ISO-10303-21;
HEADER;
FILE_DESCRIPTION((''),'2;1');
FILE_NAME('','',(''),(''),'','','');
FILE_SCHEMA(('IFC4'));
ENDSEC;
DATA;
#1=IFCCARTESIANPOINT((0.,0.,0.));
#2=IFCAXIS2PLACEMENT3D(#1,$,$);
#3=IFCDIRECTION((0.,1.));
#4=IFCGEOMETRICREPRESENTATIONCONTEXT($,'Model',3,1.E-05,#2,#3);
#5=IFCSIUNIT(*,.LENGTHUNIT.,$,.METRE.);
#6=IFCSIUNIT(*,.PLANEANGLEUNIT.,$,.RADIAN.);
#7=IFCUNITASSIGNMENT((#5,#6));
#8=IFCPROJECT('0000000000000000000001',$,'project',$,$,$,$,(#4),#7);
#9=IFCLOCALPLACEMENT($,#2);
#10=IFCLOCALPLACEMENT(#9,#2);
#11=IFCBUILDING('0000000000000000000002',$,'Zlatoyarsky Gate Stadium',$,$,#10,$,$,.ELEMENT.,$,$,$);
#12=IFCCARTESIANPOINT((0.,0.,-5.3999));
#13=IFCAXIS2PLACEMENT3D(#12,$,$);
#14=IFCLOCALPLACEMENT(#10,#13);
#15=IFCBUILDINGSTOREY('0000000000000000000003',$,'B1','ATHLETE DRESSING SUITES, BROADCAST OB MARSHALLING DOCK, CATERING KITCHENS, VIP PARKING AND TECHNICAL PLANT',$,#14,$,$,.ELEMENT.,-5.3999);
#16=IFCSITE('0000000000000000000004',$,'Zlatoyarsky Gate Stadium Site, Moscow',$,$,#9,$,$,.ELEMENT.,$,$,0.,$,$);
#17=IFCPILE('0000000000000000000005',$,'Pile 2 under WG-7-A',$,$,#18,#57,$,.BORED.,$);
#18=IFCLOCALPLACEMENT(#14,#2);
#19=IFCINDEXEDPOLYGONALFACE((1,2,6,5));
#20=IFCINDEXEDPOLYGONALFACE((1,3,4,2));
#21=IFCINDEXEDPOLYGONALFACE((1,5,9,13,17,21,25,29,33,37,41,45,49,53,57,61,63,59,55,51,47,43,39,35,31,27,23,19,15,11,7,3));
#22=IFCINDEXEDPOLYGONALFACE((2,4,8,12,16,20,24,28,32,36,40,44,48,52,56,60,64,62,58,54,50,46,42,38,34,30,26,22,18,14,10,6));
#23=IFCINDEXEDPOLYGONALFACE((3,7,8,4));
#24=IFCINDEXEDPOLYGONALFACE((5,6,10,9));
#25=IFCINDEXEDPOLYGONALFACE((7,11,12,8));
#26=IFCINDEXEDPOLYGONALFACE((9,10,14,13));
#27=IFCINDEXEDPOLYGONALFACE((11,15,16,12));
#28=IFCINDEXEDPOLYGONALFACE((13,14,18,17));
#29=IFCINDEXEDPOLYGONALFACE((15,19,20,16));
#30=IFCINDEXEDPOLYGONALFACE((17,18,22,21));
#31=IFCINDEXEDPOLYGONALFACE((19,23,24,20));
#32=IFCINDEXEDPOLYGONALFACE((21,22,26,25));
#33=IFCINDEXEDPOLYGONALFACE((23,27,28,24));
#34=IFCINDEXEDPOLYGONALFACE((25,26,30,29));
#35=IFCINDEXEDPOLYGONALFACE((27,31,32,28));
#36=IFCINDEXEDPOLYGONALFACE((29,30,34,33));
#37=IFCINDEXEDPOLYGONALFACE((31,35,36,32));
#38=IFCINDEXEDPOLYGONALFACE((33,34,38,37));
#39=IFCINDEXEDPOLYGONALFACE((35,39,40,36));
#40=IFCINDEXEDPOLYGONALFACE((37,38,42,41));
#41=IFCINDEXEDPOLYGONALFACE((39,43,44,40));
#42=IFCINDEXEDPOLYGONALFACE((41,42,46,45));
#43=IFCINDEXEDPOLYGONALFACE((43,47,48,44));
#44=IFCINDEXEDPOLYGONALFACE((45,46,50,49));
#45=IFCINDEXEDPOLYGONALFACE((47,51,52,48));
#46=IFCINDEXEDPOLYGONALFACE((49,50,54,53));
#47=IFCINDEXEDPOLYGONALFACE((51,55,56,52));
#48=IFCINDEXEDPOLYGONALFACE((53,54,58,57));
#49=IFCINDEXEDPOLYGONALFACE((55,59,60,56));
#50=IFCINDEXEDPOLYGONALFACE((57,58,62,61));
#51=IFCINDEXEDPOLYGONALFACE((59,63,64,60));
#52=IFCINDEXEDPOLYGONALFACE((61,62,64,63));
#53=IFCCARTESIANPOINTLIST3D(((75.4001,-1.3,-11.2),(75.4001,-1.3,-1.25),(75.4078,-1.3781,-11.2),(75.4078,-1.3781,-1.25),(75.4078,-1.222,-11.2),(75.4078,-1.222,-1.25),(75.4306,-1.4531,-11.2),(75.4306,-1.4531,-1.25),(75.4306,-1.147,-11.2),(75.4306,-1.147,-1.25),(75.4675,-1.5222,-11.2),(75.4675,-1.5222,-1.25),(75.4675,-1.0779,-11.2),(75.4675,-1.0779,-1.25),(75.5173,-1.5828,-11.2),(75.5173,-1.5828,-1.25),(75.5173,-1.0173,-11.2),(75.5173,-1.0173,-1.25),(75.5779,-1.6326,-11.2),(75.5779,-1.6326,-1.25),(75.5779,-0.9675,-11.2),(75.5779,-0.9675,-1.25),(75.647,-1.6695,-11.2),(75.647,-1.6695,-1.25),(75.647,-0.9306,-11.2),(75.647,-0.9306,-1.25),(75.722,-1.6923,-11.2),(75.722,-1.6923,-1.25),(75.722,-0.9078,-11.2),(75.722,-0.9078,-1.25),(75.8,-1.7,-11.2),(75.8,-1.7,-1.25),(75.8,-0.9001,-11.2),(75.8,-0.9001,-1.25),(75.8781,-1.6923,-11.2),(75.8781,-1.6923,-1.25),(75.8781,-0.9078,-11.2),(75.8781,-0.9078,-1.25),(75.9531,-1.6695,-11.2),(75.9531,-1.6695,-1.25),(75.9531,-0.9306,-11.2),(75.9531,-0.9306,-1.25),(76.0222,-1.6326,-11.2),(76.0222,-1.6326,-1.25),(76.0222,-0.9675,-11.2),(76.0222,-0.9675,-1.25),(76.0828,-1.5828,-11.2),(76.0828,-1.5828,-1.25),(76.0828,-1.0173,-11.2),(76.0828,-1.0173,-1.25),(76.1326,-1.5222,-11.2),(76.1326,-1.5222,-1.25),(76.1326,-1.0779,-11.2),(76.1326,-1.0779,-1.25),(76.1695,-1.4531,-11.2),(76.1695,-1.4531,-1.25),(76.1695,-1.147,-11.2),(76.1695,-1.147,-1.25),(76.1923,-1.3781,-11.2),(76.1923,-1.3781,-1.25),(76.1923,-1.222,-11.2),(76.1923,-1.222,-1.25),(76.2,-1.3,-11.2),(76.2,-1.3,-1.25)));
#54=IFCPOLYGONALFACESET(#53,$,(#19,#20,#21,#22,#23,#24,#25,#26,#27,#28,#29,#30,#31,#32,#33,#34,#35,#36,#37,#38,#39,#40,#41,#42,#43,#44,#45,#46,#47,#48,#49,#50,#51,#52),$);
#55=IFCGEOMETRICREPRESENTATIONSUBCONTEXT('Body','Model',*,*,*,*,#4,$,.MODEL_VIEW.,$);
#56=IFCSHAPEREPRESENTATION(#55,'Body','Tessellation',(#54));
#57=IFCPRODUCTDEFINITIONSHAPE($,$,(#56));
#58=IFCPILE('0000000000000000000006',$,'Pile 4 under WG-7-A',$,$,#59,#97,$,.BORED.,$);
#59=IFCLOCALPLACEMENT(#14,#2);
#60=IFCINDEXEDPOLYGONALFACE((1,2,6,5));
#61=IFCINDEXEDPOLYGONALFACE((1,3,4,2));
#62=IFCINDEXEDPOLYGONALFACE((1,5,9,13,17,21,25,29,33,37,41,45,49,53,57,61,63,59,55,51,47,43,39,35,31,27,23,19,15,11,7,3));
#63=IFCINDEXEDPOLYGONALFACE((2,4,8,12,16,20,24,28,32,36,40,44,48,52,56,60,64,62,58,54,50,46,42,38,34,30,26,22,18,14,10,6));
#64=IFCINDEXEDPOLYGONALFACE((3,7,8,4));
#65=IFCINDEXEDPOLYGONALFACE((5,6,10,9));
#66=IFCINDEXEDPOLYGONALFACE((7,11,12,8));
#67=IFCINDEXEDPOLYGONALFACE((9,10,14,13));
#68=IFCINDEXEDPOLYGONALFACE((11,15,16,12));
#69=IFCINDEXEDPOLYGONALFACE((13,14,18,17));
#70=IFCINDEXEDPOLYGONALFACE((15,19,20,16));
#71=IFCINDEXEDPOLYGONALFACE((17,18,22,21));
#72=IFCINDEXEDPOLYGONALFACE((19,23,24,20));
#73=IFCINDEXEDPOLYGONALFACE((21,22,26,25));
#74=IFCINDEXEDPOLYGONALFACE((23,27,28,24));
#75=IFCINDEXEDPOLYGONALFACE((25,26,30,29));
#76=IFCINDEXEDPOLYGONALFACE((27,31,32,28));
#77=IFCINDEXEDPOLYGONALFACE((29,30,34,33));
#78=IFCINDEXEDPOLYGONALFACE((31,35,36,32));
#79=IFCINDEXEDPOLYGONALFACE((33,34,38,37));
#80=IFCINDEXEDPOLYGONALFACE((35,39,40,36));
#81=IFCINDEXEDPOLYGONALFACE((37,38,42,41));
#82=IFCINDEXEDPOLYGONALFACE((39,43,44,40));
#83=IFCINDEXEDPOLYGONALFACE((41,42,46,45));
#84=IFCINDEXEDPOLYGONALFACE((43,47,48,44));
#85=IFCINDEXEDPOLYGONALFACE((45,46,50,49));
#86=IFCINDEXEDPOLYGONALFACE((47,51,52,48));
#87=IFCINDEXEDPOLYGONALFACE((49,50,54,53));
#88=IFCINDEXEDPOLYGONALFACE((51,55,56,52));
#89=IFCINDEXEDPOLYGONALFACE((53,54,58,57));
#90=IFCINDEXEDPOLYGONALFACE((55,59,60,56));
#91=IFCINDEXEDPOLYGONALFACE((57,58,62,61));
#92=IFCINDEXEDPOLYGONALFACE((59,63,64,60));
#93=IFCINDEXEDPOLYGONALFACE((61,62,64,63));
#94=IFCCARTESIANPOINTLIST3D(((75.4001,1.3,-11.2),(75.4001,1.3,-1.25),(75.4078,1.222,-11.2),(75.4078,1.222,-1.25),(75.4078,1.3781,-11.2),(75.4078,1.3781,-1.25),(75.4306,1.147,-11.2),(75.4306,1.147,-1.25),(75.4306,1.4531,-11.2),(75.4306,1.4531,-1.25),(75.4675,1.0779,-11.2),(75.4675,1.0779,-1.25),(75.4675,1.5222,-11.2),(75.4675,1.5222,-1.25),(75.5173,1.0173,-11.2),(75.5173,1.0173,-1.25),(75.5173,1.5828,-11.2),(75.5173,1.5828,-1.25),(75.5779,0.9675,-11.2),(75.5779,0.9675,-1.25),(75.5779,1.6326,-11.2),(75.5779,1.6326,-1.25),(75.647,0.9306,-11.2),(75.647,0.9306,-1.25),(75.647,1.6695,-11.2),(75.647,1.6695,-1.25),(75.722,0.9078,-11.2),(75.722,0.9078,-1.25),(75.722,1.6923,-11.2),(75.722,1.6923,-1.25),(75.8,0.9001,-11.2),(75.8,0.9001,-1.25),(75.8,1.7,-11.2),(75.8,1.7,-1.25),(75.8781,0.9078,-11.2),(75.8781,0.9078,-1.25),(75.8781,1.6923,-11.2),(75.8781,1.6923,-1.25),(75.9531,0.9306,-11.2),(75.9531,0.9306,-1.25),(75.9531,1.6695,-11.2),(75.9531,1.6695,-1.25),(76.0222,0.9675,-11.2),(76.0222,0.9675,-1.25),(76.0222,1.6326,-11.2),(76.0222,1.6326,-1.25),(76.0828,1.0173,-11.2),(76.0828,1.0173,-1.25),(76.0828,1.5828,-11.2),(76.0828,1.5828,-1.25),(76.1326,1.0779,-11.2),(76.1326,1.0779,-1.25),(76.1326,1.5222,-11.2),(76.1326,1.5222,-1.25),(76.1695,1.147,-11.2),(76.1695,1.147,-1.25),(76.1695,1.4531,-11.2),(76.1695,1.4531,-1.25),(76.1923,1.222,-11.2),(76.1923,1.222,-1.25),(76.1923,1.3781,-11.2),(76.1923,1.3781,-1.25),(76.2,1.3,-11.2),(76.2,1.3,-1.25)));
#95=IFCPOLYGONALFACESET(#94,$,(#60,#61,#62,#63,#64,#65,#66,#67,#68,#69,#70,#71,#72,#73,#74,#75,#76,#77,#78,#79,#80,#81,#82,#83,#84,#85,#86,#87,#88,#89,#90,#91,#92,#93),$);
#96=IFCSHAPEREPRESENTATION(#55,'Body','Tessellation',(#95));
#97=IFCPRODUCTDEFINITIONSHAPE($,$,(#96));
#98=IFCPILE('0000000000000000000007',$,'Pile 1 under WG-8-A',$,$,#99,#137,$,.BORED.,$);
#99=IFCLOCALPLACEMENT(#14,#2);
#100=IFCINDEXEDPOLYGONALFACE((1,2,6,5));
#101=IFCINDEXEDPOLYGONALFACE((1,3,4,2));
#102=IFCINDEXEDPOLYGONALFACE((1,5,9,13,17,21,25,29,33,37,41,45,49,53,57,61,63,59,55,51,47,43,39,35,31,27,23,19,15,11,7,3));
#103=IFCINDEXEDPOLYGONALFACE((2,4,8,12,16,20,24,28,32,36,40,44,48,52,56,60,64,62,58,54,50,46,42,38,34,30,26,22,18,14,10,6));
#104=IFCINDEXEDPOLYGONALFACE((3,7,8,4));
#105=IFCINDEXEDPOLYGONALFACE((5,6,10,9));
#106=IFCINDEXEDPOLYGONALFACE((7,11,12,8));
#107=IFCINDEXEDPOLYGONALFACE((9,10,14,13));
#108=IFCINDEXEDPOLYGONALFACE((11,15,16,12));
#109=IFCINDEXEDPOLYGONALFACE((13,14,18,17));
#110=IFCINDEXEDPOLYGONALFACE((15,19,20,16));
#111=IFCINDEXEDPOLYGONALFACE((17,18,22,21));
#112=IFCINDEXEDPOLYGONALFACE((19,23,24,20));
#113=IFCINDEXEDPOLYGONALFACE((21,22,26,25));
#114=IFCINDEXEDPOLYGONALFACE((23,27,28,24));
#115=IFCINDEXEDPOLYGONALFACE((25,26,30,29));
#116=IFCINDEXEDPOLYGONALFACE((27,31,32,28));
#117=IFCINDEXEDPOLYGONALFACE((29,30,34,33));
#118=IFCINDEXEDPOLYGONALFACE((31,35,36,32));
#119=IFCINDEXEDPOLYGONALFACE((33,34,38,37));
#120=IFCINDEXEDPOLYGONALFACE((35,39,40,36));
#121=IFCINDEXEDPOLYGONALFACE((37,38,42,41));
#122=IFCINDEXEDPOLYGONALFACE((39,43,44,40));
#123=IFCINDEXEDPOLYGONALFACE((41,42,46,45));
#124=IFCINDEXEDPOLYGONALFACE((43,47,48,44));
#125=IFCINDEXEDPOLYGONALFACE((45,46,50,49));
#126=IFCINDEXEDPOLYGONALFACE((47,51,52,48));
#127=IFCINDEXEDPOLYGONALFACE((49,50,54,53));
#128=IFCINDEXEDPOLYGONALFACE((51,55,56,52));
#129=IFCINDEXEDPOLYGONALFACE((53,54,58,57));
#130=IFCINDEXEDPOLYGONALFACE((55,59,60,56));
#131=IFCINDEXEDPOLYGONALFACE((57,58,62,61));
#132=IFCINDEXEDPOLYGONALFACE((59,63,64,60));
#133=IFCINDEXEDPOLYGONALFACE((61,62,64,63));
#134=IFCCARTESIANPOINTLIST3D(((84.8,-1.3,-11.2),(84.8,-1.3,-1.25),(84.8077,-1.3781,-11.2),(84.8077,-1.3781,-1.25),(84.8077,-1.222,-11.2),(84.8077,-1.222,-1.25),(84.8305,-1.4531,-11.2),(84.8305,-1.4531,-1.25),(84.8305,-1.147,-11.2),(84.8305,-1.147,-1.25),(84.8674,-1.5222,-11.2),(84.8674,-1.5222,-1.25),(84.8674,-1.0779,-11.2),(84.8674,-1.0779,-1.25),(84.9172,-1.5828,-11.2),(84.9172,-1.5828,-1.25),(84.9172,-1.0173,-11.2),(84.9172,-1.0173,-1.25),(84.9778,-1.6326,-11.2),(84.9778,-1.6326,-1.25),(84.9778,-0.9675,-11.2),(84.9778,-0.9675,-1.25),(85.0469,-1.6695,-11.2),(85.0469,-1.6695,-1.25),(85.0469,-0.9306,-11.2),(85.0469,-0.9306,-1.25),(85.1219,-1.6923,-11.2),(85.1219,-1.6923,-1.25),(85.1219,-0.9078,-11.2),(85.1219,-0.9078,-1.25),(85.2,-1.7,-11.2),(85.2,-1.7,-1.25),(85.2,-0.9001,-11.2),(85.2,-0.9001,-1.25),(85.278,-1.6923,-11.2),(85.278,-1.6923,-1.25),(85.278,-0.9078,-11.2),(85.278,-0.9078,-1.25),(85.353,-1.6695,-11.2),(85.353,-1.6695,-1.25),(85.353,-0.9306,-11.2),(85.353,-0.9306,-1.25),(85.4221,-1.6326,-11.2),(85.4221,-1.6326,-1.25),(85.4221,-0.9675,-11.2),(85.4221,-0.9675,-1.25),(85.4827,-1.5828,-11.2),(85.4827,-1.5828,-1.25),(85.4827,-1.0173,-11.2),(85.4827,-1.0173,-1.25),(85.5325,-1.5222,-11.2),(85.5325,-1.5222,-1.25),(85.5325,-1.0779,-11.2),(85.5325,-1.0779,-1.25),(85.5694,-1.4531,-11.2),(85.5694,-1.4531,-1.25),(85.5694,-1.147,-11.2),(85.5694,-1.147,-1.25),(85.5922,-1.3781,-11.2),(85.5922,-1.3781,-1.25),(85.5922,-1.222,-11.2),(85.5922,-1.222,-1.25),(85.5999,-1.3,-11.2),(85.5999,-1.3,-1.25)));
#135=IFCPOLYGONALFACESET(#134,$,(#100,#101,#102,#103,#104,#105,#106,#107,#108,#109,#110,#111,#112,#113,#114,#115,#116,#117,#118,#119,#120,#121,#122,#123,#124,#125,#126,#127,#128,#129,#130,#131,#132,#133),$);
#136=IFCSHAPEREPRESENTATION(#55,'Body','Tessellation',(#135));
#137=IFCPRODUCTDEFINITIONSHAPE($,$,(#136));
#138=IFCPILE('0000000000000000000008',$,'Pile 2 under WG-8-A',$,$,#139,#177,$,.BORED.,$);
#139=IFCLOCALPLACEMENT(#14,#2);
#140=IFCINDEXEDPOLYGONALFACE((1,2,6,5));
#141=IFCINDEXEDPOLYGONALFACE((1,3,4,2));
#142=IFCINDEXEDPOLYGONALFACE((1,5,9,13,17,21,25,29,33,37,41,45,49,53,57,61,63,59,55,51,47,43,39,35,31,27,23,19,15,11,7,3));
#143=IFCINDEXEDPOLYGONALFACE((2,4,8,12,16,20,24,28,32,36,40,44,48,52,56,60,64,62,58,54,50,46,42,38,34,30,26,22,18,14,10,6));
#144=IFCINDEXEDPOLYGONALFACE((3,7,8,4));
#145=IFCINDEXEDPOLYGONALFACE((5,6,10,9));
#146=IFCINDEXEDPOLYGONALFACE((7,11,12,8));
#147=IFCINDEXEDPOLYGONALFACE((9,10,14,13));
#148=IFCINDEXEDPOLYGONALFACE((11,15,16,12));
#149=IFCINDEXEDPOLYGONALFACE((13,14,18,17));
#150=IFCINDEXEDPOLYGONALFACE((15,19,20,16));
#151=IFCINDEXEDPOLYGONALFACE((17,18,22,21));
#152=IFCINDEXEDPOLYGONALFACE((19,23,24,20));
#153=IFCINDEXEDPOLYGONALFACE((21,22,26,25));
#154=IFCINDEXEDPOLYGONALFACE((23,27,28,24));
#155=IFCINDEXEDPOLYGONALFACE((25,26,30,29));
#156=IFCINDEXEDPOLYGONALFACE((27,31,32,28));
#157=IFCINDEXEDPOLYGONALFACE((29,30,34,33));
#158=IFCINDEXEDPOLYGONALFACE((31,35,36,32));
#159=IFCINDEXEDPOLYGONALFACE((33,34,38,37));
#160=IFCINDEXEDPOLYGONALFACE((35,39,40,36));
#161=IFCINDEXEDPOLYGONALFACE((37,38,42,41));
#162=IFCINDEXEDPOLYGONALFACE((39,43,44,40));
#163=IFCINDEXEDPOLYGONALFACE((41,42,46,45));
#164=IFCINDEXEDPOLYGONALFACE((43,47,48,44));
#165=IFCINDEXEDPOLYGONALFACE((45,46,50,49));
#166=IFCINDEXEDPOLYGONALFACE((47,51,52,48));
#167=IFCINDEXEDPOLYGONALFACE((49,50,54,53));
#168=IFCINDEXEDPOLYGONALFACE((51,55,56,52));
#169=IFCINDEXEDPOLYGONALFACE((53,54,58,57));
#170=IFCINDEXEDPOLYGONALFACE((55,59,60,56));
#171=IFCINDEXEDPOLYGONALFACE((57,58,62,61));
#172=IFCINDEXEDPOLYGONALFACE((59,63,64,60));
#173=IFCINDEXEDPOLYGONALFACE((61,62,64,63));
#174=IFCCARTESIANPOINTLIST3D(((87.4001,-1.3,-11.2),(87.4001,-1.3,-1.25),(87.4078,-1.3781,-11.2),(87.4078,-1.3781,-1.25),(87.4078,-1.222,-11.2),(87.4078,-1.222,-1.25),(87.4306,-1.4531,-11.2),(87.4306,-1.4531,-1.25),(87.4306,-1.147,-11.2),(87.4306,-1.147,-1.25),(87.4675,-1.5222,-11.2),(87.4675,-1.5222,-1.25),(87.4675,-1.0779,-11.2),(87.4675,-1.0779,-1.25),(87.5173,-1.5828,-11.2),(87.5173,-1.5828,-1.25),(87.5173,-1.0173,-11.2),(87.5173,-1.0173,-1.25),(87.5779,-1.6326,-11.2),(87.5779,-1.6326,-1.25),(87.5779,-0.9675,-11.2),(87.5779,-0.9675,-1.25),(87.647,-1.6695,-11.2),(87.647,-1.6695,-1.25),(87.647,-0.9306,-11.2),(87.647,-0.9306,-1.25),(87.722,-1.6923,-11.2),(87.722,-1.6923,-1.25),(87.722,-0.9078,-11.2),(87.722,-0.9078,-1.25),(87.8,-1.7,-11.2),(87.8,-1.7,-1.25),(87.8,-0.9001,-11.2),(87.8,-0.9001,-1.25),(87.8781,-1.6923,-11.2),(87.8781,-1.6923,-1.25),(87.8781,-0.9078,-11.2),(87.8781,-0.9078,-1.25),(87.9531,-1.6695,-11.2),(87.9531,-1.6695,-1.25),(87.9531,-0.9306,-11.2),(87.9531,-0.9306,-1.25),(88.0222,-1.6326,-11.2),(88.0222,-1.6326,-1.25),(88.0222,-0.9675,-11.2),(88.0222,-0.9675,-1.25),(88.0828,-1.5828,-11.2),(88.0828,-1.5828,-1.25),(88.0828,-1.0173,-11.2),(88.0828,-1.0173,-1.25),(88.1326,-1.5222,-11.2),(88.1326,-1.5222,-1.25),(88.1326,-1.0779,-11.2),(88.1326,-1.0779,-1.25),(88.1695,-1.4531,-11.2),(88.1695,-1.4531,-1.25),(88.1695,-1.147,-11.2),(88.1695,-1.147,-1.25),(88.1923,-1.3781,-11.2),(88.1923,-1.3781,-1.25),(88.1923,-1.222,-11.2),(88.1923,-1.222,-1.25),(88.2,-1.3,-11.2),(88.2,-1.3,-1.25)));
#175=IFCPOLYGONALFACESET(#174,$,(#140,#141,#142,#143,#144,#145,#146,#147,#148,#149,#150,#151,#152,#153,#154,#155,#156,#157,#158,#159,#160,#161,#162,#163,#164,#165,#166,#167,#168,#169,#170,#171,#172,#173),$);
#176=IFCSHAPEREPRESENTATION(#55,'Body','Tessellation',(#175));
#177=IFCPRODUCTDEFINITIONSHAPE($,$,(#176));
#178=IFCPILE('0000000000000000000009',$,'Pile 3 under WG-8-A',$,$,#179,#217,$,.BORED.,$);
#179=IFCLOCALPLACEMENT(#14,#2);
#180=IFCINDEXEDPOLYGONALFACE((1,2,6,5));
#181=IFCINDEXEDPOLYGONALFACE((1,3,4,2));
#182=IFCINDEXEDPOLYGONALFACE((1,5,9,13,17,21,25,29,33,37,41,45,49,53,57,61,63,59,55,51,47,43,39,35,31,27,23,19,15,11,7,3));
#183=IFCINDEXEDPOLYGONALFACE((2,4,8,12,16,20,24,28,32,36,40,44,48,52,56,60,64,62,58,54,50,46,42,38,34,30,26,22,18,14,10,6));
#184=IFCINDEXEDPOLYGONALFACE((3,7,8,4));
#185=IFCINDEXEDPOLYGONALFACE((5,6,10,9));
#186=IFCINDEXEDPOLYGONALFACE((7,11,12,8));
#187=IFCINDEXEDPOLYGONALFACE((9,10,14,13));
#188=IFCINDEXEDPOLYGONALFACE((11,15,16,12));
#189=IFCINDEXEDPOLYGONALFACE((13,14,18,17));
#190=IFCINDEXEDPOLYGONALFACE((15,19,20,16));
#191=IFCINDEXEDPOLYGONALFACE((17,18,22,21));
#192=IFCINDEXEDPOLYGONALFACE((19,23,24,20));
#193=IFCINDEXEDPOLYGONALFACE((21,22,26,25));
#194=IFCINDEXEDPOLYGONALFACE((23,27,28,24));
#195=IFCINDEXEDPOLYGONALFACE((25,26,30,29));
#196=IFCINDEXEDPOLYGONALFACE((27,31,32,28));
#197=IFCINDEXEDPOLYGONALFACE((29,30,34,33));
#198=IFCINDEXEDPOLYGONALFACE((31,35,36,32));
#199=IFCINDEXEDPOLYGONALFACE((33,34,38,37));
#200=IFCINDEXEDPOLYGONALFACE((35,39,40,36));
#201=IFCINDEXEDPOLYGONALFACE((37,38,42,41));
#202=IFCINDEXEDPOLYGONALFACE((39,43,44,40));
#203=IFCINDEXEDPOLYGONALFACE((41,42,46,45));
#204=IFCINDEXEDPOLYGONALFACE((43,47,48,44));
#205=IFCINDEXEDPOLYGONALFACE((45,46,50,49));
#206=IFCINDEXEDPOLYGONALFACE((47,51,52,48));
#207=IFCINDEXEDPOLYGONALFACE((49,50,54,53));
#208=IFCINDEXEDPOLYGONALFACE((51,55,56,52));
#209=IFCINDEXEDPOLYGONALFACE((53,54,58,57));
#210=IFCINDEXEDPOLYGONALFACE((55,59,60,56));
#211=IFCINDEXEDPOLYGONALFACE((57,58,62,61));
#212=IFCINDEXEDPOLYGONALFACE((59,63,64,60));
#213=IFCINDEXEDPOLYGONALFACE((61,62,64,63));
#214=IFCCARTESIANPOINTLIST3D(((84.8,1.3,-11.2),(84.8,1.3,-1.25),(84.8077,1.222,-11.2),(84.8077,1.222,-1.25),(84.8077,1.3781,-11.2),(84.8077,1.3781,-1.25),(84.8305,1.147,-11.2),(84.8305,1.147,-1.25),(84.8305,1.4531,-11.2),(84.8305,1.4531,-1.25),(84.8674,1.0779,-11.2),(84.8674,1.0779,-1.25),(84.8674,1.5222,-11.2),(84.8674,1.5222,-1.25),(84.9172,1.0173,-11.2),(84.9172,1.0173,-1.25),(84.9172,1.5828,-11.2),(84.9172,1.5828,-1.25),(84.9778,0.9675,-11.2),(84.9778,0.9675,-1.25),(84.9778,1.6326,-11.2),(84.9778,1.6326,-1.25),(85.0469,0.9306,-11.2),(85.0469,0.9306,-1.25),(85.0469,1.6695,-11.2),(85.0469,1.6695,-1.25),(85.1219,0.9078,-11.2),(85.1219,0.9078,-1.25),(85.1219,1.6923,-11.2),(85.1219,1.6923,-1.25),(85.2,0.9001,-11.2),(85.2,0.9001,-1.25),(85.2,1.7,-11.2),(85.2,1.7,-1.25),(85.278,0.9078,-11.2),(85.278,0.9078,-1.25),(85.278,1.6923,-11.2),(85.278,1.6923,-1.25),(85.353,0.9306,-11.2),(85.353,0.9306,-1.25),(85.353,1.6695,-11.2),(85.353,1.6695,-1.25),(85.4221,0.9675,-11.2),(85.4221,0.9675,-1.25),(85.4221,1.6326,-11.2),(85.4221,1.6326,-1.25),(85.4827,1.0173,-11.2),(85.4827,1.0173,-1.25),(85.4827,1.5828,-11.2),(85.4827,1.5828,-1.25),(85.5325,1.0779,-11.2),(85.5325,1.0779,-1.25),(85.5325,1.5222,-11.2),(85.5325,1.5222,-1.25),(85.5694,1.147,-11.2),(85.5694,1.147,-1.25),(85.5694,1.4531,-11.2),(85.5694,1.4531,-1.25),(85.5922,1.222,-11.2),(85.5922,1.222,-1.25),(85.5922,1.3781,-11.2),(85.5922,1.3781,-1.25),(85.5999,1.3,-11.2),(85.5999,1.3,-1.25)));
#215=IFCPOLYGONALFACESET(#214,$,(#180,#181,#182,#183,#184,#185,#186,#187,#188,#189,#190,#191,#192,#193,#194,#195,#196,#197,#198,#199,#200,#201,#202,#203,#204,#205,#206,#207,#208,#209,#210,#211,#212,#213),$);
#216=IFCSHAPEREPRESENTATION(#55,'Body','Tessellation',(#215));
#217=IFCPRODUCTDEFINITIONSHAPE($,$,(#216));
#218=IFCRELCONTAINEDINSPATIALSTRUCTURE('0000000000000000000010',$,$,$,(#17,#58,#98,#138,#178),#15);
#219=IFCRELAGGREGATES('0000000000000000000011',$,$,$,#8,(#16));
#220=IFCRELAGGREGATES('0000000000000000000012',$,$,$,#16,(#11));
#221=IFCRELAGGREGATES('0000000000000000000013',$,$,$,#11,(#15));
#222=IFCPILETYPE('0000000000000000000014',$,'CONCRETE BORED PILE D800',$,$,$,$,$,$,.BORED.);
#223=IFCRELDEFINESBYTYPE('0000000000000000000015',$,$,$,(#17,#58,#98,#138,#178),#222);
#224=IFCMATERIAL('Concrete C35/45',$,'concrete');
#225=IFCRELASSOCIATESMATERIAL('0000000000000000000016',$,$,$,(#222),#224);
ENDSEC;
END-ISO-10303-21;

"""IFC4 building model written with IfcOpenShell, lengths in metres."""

from ifc_helpers import new_model, si_unit, direction, frame, origin, origin_2d, place, context, subcontext, project, spatial, circle, extrude, material, material_profile, profile_set, type_object, element, save


model = new_model("IFC4")

# Units and contexts
model_context = context("Model", 3, precision=1e-05, world=origin(), true_north=direction((0.0, 1.0)))
body_context = subcontext(model_context, "Body", "Model", "MODEL_VIEW")
ifc_project = project(units=[si_unit("LENGTHUNIT", "METRE"), si_unit("PLANEANGLEUNIT", "RADIAN")], contexts=[model_context])

# Site, building, storey
site_placement = place(None, origin())
site = spatial("IfcSite", under=ifc_project, at=site_placement, Name="Zlatoyarsky Gate Stadium Site, Moscow", CompositionType="ELEMENT", RefElevation=0.0)
building_placement = place(site_placement, origin())
building = spatial("IfcBuilding", under=site, at=building_placement, Name="Zlatoyarsky Gate Stadium", CompositionType="ELEMENT")
storey_placement = place(building_placement, frame((0.0, 0.0, -5.3999)))
storey = spatial("IfcBuildingStorey", under=building, at=storey_placement, Name="B1", Description="ATHLETE DRESSING SUITES, BROADCAST OB MARSHALLING DOCK, CATERING KITCHENS, VIP PARKING AND TECHNICAL PLANT", CompositionType="ELEMENT", Elevation=-5.3999)

# Piles
ifc_material_1 = material(Name="Concrete C35/45", Category="concrete")
ifc_material_profile_1 = material_profile(ifc_material_1, circle(Radius=0.3999, at=origin_2d()), Name="BORED PILE D800")
ifc_profile_set_1 = profile_set([ifc_material_profile_1], Name="Concrete C35/45")
pile_type_1 = type_object("IfcPileType", Name="CONCRETE BORED PILE D800", PredefinedType="BORED", material=ifc_profile_set_1)
for number, where, z_axis, x_axis, name in (
    (1, (75.8, -1.3, -1.25), (0.0, 0.0, -1.0), (1.0, 0.0, 0.0), "Pile 2 under WG-7-A"),
    (2, (75.8, 1.3, -1.25), (0.0, 0.0, -1.0), (1.0, 0.0, 0.0), "Pile 4 under WG-7-A"),
    (3, (85.2, -1.3, -1.25), (0.0, 0.0, -1.0), (1.0, 0.0, 0.0), "Pile 1 under WG-8-A"),
    (4, (87.8, -1.3, -1.25), (0.0, 0.0, -1.0), (1.0, 0.0, 0.0), "Pile 2 under WG-8-A"),
    (5, (85.2, 1.3, -1.25), (0.0, 0.0, -1.0), (1.0, 0.0, 0.0), "Pile 3 under WG-8-A"),
):
    element("IfcPile", number, at=place(storey_placement, frame(where, z_axis=z_axis, x_axis=x_axis)), inside=storey, type_object=pile_type_1, Name=name, PredefinedType="BORED", context=body_context, shape_type="SweptSolid", body=[
        extrude(circle(Radius=0.3999, at=origin_2d()), origin(), (0.0, 0.0, 1.0), 9.95),
    ])

save(model, "model.ifc")
